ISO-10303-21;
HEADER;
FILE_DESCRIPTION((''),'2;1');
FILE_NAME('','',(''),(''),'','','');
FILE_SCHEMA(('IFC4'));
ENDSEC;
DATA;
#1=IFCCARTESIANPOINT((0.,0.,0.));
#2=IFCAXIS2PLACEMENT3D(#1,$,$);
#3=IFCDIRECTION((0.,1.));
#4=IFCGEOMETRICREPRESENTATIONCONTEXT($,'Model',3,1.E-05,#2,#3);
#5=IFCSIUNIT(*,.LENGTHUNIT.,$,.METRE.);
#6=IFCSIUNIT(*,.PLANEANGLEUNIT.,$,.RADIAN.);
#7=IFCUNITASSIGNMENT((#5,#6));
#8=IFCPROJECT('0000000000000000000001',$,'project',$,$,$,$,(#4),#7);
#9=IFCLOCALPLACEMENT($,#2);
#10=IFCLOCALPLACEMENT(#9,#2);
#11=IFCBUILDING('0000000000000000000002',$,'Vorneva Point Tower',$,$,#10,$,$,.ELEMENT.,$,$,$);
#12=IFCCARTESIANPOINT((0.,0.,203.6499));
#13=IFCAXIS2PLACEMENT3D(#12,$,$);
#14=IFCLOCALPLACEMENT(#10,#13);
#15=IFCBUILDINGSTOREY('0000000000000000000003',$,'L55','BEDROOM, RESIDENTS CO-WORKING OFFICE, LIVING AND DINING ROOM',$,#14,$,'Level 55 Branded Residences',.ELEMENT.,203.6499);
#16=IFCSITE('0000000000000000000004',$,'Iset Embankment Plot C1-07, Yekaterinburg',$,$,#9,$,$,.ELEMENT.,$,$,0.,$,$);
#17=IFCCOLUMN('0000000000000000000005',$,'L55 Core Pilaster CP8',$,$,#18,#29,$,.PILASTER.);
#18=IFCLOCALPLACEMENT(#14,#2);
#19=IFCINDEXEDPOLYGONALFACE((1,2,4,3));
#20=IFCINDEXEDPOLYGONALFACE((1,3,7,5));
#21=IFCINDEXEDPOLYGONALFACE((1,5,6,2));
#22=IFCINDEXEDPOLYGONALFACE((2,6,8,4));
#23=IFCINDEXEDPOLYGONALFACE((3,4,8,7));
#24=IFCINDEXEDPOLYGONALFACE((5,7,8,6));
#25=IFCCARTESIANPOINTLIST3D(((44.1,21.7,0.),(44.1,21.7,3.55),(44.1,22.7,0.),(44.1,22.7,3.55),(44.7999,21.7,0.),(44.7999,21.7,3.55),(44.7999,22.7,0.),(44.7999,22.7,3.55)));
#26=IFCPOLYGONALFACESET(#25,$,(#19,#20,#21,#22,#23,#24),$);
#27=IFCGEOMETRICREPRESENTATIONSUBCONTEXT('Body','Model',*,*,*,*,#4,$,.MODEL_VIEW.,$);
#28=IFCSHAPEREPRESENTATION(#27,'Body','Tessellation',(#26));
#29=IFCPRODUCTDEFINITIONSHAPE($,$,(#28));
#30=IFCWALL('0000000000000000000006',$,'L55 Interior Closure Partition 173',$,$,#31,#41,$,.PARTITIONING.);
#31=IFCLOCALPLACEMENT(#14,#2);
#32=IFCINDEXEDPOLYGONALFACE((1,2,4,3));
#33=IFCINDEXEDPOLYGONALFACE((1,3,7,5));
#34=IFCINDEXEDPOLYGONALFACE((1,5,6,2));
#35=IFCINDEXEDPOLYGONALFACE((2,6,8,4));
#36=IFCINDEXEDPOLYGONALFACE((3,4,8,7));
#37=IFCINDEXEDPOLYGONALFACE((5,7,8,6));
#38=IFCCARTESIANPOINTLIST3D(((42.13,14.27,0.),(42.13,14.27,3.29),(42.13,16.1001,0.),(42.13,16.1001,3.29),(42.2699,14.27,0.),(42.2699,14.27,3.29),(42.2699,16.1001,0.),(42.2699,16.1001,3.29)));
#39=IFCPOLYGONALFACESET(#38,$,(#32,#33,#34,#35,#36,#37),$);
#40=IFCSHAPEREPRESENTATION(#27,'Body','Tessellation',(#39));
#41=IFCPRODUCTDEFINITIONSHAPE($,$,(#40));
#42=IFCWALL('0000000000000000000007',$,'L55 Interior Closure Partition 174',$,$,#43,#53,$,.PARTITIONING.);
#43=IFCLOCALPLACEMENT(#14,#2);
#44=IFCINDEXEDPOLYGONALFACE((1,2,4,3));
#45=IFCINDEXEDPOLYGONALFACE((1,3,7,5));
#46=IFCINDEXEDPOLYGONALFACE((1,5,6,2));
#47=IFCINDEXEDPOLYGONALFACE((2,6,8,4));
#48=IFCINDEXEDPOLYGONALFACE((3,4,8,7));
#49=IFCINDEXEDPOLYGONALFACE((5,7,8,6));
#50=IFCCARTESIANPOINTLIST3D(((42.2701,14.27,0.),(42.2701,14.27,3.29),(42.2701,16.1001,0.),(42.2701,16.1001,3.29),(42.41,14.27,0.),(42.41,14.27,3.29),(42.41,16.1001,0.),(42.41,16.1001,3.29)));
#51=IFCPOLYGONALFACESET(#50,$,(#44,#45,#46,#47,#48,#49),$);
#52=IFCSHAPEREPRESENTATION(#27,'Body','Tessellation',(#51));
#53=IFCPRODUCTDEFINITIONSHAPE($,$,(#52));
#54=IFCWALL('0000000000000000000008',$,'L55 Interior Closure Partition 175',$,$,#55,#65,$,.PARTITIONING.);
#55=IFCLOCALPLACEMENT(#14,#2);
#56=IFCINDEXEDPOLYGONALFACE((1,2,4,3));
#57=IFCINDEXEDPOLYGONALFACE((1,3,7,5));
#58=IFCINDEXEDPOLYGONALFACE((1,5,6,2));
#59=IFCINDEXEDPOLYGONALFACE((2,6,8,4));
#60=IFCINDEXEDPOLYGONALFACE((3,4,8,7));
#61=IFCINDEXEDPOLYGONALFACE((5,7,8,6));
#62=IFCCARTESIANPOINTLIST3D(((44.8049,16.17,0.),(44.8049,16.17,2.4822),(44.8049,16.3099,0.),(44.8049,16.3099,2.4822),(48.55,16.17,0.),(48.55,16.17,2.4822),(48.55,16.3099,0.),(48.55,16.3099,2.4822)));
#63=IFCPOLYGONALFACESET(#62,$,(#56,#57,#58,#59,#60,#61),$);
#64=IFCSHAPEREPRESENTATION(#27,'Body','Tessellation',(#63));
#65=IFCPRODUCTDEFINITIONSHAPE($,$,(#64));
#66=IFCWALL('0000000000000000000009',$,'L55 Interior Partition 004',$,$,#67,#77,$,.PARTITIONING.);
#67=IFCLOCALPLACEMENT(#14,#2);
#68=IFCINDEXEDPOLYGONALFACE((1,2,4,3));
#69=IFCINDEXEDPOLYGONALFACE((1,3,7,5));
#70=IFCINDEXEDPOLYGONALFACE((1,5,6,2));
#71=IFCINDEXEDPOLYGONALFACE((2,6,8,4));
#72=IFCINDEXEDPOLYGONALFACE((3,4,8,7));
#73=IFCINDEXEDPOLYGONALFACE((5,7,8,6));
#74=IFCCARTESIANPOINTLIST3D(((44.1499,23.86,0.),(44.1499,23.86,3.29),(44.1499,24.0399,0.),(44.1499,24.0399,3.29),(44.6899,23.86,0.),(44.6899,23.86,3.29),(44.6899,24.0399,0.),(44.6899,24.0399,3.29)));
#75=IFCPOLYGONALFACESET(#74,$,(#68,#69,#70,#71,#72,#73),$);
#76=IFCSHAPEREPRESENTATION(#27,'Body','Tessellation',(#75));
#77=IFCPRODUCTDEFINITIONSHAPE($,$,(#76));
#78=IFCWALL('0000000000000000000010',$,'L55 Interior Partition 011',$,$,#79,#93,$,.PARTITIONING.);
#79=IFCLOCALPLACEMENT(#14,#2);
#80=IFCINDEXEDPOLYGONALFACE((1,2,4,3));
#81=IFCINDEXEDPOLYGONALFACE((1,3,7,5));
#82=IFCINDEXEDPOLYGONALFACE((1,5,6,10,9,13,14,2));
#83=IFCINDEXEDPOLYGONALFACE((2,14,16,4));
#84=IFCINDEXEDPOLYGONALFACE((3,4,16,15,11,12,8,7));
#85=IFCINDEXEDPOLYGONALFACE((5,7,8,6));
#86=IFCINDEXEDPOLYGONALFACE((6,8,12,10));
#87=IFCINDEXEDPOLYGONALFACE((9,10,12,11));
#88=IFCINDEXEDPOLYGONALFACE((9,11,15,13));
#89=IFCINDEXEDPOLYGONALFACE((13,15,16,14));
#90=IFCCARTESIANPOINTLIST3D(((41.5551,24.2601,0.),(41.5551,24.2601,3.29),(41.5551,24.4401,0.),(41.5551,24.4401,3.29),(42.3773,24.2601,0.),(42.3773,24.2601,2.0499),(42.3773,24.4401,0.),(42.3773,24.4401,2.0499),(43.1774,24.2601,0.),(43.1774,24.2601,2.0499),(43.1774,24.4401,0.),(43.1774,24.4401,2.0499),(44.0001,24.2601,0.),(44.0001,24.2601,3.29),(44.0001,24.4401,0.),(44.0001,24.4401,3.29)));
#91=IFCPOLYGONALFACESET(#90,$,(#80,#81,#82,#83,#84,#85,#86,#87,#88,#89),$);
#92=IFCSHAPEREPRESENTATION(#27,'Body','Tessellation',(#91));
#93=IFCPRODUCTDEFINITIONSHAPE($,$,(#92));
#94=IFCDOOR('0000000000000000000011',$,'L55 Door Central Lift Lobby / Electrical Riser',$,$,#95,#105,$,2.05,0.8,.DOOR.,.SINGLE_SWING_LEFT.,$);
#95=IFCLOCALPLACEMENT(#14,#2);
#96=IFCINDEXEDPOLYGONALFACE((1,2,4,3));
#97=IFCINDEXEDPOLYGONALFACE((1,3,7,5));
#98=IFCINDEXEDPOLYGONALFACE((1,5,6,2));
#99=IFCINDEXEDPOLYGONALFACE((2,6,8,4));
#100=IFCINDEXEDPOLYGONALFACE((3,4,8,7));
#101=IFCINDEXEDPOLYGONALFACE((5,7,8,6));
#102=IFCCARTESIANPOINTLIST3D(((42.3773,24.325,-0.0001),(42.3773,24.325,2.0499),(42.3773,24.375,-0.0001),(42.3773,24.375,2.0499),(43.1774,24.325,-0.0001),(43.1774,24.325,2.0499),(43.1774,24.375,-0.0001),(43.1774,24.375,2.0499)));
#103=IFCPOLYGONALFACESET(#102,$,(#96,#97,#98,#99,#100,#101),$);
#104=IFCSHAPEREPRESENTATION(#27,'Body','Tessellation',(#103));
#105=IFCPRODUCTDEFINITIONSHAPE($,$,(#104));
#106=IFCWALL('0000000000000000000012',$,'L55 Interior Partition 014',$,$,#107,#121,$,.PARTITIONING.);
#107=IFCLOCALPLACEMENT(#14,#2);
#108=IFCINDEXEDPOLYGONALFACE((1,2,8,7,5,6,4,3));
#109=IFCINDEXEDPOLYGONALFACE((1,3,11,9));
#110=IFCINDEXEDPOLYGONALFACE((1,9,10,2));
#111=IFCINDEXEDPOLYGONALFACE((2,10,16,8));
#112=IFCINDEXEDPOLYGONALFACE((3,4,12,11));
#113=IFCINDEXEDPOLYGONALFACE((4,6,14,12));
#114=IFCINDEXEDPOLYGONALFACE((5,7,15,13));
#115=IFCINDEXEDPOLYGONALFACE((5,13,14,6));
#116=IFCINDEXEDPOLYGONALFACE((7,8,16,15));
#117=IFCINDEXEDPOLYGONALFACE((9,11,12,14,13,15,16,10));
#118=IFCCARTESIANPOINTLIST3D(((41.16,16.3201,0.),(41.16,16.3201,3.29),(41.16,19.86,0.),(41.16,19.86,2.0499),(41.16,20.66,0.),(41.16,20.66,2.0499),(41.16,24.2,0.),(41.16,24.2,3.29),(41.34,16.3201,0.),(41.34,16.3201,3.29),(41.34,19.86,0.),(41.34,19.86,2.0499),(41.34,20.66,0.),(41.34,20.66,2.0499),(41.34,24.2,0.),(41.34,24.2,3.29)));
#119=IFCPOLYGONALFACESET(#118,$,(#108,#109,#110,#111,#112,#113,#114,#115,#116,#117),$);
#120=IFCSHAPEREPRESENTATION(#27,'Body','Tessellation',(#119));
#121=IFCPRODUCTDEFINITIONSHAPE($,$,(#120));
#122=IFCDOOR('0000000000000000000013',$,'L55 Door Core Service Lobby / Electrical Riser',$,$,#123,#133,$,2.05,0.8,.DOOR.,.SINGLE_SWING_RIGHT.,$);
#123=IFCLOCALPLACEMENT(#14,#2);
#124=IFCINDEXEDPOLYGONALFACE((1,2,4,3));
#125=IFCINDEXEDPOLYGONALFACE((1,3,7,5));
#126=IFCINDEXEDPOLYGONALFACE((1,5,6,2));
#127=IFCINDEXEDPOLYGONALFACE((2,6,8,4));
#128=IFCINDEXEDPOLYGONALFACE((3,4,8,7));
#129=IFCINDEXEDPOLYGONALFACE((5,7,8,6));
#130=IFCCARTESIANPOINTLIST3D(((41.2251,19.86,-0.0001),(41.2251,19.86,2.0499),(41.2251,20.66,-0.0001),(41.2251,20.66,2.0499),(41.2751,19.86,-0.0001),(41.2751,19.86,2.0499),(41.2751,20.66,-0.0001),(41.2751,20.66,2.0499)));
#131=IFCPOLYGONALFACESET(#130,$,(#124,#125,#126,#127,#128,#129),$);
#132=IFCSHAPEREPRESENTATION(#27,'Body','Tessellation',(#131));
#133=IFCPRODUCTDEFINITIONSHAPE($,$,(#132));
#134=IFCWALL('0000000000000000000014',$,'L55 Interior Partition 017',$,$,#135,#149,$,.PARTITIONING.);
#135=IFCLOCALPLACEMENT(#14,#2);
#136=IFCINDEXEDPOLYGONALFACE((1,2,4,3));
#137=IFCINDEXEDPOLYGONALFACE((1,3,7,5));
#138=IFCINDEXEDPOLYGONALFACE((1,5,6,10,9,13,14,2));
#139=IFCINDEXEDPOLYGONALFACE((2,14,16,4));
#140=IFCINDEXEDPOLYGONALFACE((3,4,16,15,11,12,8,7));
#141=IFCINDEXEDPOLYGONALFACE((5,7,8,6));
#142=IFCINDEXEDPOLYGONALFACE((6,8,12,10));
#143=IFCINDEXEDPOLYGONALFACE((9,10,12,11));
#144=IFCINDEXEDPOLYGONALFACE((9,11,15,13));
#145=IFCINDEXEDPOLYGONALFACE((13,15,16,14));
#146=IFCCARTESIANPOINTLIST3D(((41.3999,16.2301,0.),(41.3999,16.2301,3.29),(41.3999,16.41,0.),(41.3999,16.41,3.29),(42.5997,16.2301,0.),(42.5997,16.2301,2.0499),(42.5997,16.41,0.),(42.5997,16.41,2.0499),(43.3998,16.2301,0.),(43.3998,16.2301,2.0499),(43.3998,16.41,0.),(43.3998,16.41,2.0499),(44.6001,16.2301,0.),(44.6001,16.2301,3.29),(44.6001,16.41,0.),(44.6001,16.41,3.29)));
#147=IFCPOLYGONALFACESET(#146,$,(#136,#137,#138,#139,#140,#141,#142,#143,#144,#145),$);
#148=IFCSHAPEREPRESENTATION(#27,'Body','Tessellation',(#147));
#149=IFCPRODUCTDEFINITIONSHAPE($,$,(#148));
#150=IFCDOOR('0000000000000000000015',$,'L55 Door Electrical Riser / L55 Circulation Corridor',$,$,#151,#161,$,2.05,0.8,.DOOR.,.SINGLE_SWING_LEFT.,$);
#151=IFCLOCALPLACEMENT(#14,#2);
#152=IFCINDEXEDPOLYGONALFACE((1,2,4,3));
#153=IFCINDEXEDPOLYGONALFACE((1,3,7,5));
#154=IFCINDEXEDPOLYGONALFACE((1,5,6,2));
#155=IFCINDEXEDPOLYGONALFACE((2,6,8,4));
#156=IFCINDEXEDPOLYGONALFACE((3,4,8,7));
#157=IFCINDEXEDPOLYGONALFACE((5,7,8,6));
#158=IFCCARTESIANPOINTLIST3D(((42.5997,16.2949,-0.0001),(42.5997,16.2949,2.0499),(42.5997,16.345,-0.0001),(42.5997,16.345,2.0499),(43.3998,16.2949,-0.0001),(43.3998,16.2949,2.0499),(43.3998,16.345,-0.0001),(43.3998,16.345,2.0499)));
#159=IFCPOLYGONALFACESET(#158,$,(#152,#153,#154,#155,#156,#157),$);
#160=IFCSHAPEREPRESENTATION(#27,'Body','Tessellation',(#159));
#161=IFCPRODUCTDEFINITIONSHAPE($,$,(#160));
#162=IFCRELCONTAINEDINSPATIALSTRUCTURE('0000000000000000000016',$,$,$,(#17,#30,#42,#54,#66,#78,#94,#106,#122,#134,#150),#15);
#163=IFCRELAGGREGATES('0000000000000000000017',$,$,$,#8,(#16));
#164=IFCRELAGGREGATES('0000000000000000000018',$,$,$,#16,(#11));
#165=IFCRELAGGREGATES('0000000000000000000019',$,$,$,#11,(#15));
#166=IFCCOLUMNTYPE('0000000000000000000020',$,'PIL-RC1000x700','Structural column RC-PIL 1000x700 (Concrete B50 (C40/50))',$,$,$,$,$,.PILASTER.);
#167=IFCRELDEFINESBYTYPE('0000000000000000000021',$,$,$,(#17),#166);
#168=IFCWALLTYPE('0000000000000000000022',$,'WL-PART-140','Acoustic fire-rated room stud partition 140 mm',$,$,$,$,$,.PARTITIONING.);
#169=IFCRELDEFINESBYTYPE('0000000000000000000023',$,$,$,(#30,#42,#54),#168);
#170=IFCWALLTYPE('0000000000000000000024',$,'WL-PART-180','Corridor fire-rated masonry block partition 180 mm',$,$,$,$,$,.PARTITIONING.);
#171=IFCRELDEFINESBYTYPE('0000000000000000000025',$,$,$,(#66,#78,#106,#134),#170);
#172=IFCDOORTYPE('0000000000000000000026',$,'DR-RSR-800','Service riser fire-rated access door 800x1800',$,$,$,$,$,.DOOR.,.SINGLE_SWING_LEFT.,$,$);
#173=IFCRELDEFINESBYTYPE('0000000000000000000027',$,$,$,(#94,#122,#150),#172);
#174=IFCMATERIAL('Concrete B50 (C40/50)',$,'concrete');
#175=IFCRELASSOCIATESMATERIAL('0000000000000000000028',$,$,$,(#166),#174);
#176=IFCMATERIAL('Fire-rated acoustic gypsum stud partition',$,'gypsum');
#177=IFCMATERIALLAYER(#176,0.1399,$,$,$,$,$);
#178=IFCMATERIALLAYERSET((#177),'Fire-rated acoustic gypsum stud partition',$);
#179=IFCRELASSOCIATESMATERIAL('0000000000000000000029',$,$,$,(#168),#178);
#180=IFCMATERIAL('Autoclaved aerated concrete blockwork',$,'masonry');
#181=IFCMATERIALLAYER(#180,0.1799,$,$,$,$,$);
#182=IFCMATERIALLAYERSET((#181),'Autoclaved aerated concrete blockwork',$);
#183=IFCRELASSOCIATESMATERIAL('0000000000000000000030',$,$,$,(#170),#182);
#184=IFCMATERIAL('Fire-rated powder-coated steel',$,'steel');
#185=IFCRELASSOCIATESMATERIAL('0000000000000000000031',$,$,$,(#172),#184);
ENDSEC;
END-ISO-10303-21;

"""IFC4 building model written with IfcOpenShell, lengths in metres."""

from ifc_helpers import new_model, si_unit, direction, frame, frame_2d, origin, origin_2d, place, context, subcontext, project, spatial, rectangle, extrude, material, layer, layer_set, material_profile, profile_set, type_object, element, fill, save


model = new_model("IFC4")

# Units and contexts
model_context = context("Model", 3, precision=1e-05, world=origin(), true_north=direction((0.0, 1.0)))
body_context = subcontext(model_context, "Body", "Model", "MODEL_VIEW")
ifc_project = project(units=[si_unit("LENGTHUNIT", "METRE"), si_unit("PLANEANGLEUNIT", "RADIAN")], contexts=[model_context])

# Site, building, storey
site_placement = place(None, origin())
site = spatial("IfcSite", under=ifc_project, at=site_placement, Name="Iset Embankment Plot C1-07, Yekaterinburg", CompositionType="ELEMENT", RefElevation=0.0)
building_placement = place(site_placement, origin())
building = spatial("IfcBuilding", under=site, at=building_placement, Name="Vorneva Point Tower", CompositionType="ELEMENT")
storey_placement = place(building_placement, frame((0.0, 0.0, 203.6499)))
storey = spatial("IfcBuildingStorey", under=building, at=storey_placement, Name="L55", Description="BEDROOM, RESIDENTS CO-WORKING OFFICE, LIVING AND DINING ROOM", LongName="Level 55 Branded Residences", CompositionType="ELEMENT", Elevation=203.6499)

# Column
ifc_material_1 = material(Name="Concrete B50 (C40/50)", Category="concrete")
ifc_material_profile = material_profile(ifc_material_1, rectangle(XDim=0.7, YDim=1.0, at=origin_2d()), Name="RC-PIL 1000x700")
ifc_profile_set = profile_set([ifc_material_profile], Name="Concrete B50 (C40/50)")
column_type = type_object("IfcColumnType", Name="PIL-RC1000x700", Description="Structural column RC-PIL 1000x700 (Concrete B50 (C40/50))", PredefinedType="PILASTER", material=ifc_profile_set)
column_placement = place(storey_placement, frame((44.45, 22.2, 0.0), z_axis=(0.0, 0.0, 1.0), x_axis=(1.0, 0.0, 0.0)))
element("IfcColumn", 1, at=column_placement, inside=storey, type_object=column_type, Name="L55 Core Pilaster CP8", PredefinedType="PILASTER", context=body_context, shape_type="SweptSolid", body=[
    extrude(rectangle(XDim=0.7, YDim=1.0, at=origin_2d()), origin(), (0.0, 0.0, 1.0), 3.55),
])

# Walls
ifc_material_2 = material(Name="Fire-rated acoustic gypsum stud partition", Category="gypsum")
ifc_layer_1 = layer(ifc_material_2, 0.1399)
ifc_layer_set_1 = layer_set([ifc_layer_1], Name="Fire-rated acoustic gypsum stud partition")
wall_type_1 = type_object("IfcWallType", Name="WL-PART-140", Description="Acoustic fire-rated room stud partition 140 mm", PredefinedType="PARTITIONING", material=ifc_layer_set_1)
for number, where, z_axis, x_axis, name in (
    (2, (42.2, 16.1001, 0.0), (0.0, 0.0, 1.0), (0.0, -1.0, 0.0), "L55 Interior Closure Partition 173"),
    (3, (42.3401, 14.27, 0.0), (0.0, 0.0, 1.0), (0.0, 1.0, 0.0), "L55 Interior Closure Partition 174"),
):
    element("IfcWall", number, at=place(storey_placement, frame(where, z_axis=z_axis, x_axis=x_axis)), inside=storey, type_object=wall_type_1, Name=name, PredefinedType="PARTITIONING", context=body_context, shape_type="SweptSolid", body=[
        extrude(rectangle(XDim=1.8301, YDim=0.1399, at=frame_2d((0.915, 0.0))), origin(), (0.0, 0.0, 1.0), 3.29),
    ])
wall_1_placement = place(storey_placement, frame((44.8049, 16.24, 0.0), z_axis=(0.0, 0.0, 1.0), x_axis=(1.0, 0.0, 0.0)))
element("IfcWall", 4, at=wall_1_placement, inside=storey, type_object=wall_type_1, Name="L55 Interior Closure Partition 175", PredefinedType="PARTITIONING", context=body_context, shape_type="SweptSolid", body=[
    extrude(rectangle(XDim=3.7451, YDim=0.1399, at=frame_2d((1.8726, 0.0))), origin(), (0.0, 0.0, 1.0), 2.4822),
])
ifc_material_3 = material(Name="Autoclaved aerated concrete blockwork", Category="masonry")
ifc_layer_2 = layer(ifc_material_3, 0.1799)
ifc_layer_set_2 = layer_set([ifc_layer_2], Name="Autoclaved aerated concrete blockwork")
wall_type_2 = type_object("IfcWallType", Name="WL-PART-180", Description="Corridor fire-rated masonry block partition 180 mm", PredefinedType="PARTITIONING", material=ifc_layer_set_2)
wall_2_placement = place(storey_placement, frame((44.1499, 23.95, 0.0), z_axis=(0.0, 0.0, 1.0), x_axis=(1.0, 0.0, 0.0)))
element("IfcWall", 5, at=wall_2_placement, inside=storey, type_object=wall_type_2, Name="L55 Interior Partition 004", PredefinedType="PARTITIONING", context=body_context, shape_type="SweptSolid", body=[
    extrude(rectangle(XDim=0.54, YDim=0.1799, at=frame_2d((0.27, 0.0))), origin(), (0.0, 0.0, 1.0), 3.29),
])

# Walls, openings, doors
wall_3_placement = place(storey_placement, frame((41.5549, 24.3501, 0.0), z_axis=(0.0, 0.0, 1.0), x_axis=(1.0, 0.0, 0.0)))
wall_3 = element("IfcWall", 6, at=wall_3_placement, inside=storey, type_object=wall_type_2, Name="L55 Interior Partition 011", PredefinedType="PARTITIONING", context=body_context, shape_type="SweptSolid", body=[
    extrude(rectangle(XDim=2.4451, YDim=0.1799, at=frame_2d((1.2227, 0.0))), origin(), (0.0, 0.0, 1.0), 3.29),
])
opening_1_placement = place(wall_3_placement, frame((0.8225, 0.0, 0.0)))
opening_1 = element("IfcOpeningElement", 7, at=opening_1_placement, cuts=wall_3, PredefinedType="OPENING", context=body_context, shape_type="SweptSolid", body=[
    extrude(rectangle(XDim=0.8, YDim=2.05, at=frame_2d((0.3999, 1.0249))), frame((0.0, 0.105, 0.0), z_axis=(0.0, -1.0, 0.0), x_axis=(1.0, 0.0, 0.0)), (0.0, 0.0, 1.0), 0.2097),
])
ifc_material_4 = material(Name="Fire-rated powder-coated steel", Category="steel")
door_type_1 = type_object("IfcDoorType", Name="DR-RSR-800", Description="Service riser fire-rated access door 800x1800", OperationType="SINGLE_SWING_LEFT", PredefinedType="DOOR", material=ifc_material_4)
door_1_placement = place(opening_1_placement, origin())
door_1 = element("IfcDoor", 8, at=door_1_placement, inside=storey, type_object=door_type_1, Name="L55 Door Central Lift Lobby / Electrical Riser", OperationType="SINGLE_SWING_LEFT", OverallHeight=2.05, OverallWidth=0.8, PredefinedType="DOOR", context=body_context, shape_type="SweptSolid", body=[
    extrude(rectangle(XDim=0.8, YDim=2.05, at=frame_2d((0.3999, 1.0249))), frame((0.0, 0.0249, 0.0), z_axis=(0.0, -1.0, 0.0), x_axis=(1.0, 0.0, 0.0)), (0.0, 0.0, 1.0), 0.05),
])
fill(opening_1, door_1)
wall_4_placement = place(storey_placement, frame((41.25, 16.3201, 0.0), z_axis=(0.0, 0.0, 1.0), x_axis=(0.0, 1.0, 0.0)))
wall_4 = element("IfcWall", 9, at=wall_4_placement, inside=storey, type_object=wall_type_2, Name="L55 Interior Partition 014", PredefinedType="PARTITIONING", context=body_context, shape_type="SweptSolid", body=[
    extrude(rectangle(XDim=7.8799, YDim=0.1799, at=frame_2d((3.9399, 0.0))), origin(), (0.0, 0.0, 1.0), 3.29),
])
opening_2_placement = place(wall_4_placement, frame((3.54, 0.0, 0.0)))
opening_2 = element("IfcOpeningElement", 10, at=opening_2_placement, cuts=wall_4, PredefinedType="OPENING", context=body_context, shape_type="SweptSolid", body=[
    extrude(rectangle(XDim=0.8, YDim=2.05, at=frame_2d((0.3999, 1.0249))), frame((0.0, 0.105, 0.0), z_axis=(0.0, -1.0, 0.0), x_axis=(1.0, 0.0, 0.0)), (0.0, 0.0, 1.0), 0.2097),
])
door_2_placement = place(opening_2_placement, origin())
door_2 = element("IfcDoor", 11, at=door_2_placement, inside=storey, type_object=door_type_1, Name="L55 Door Core Service Lobby / Electrical Riser", OperationType="SINGLE_SWING_RIGHT", OverallHeight=2.05, OverallWidth=0.8, PredefinedType="DOOR", context=body_context, shape_type="SweptSolid", body=[
    extrude(rectangle(XDim=0.8, YDim=2.05, at=frame_2d((0.3999, 1.0249))), frame((0.0, 0.0249, 0.0), z_axis=(0.0, -1.0, 0.0), x_axis=(1.0, 0.0, 0.0)), (0.0, 0.0, 1.0), 0.05),
])
fill(opening_2, door_2)
wall_5_placement = place(storey_placement, frame((41.3999, 16.3201, 0.0), z_axis=(0.0, 0.0, 1.0), x_axis=(1.0, 0.0, 0.0)))
wall_5 = element("IfcWall", 12, at=wall_5_placement, inside=storey, type_object=wall_type_2, Name="L55 Interior Partition 017", PredefinedType="PARTITIONING", context=body_context, shape_type="SweptSolid", body=[
    extrude(rectangle(XDim=3.2002, YDim=0.1799, at=frame_2d((1.6001, 0.0))), origin(), (0.0, 0.0, 1.0), 3.29),
])
opening_3_placement = place(wall_5_placement, frame((1.2, 0.0, 0.0)))
opening_3 = element("IfcOpeningElement", 13, at=opening_3_placement, cuts=wall_5, PredefinedType="OPENING", context=body_context, shape_type="SweptSolid", body=[
    extrude(rectangle(XDim=0.8, YDim=2.05, at=frame_2d((0.3999, 1.0249))), frame((0.0, 0.105, 0.0), z_axis=(0.0, -1.0, 0.0), x_axis=(1.0, 0.0, 0.0)), (0.0, 0.0, 1.0), 0.2097),
])
door_3_placement = place(opening_3_placement, origin())
door_3 = element("IfcDoor", 14, at=door_3_placement, inside=storey, type_object=door_type_1, Name="L55 Door Electrical Riser / L55 Circulation Corridor", OperationType="SINGLE_SWING_LEFT", OverallHeight=2.05, OverallWidth=0.8, PredefinedType="DOOR", context=body_context, shape_type="SweptSolid", body=[
    extrude(rectangle(XDim=0.8, YDim=2.05, at=frame_2d((0.3999, 1.0249))), frame((0.0, 0.0249, 0.0), z_axis=(0.0, -1.0, 0.0), x_axis=(1.0, 0.0, 0.0)), (0.0, 0.0, 1.0), 0.05),
])
fill(opening_3, door_3)

save(model, "model.ifc")
